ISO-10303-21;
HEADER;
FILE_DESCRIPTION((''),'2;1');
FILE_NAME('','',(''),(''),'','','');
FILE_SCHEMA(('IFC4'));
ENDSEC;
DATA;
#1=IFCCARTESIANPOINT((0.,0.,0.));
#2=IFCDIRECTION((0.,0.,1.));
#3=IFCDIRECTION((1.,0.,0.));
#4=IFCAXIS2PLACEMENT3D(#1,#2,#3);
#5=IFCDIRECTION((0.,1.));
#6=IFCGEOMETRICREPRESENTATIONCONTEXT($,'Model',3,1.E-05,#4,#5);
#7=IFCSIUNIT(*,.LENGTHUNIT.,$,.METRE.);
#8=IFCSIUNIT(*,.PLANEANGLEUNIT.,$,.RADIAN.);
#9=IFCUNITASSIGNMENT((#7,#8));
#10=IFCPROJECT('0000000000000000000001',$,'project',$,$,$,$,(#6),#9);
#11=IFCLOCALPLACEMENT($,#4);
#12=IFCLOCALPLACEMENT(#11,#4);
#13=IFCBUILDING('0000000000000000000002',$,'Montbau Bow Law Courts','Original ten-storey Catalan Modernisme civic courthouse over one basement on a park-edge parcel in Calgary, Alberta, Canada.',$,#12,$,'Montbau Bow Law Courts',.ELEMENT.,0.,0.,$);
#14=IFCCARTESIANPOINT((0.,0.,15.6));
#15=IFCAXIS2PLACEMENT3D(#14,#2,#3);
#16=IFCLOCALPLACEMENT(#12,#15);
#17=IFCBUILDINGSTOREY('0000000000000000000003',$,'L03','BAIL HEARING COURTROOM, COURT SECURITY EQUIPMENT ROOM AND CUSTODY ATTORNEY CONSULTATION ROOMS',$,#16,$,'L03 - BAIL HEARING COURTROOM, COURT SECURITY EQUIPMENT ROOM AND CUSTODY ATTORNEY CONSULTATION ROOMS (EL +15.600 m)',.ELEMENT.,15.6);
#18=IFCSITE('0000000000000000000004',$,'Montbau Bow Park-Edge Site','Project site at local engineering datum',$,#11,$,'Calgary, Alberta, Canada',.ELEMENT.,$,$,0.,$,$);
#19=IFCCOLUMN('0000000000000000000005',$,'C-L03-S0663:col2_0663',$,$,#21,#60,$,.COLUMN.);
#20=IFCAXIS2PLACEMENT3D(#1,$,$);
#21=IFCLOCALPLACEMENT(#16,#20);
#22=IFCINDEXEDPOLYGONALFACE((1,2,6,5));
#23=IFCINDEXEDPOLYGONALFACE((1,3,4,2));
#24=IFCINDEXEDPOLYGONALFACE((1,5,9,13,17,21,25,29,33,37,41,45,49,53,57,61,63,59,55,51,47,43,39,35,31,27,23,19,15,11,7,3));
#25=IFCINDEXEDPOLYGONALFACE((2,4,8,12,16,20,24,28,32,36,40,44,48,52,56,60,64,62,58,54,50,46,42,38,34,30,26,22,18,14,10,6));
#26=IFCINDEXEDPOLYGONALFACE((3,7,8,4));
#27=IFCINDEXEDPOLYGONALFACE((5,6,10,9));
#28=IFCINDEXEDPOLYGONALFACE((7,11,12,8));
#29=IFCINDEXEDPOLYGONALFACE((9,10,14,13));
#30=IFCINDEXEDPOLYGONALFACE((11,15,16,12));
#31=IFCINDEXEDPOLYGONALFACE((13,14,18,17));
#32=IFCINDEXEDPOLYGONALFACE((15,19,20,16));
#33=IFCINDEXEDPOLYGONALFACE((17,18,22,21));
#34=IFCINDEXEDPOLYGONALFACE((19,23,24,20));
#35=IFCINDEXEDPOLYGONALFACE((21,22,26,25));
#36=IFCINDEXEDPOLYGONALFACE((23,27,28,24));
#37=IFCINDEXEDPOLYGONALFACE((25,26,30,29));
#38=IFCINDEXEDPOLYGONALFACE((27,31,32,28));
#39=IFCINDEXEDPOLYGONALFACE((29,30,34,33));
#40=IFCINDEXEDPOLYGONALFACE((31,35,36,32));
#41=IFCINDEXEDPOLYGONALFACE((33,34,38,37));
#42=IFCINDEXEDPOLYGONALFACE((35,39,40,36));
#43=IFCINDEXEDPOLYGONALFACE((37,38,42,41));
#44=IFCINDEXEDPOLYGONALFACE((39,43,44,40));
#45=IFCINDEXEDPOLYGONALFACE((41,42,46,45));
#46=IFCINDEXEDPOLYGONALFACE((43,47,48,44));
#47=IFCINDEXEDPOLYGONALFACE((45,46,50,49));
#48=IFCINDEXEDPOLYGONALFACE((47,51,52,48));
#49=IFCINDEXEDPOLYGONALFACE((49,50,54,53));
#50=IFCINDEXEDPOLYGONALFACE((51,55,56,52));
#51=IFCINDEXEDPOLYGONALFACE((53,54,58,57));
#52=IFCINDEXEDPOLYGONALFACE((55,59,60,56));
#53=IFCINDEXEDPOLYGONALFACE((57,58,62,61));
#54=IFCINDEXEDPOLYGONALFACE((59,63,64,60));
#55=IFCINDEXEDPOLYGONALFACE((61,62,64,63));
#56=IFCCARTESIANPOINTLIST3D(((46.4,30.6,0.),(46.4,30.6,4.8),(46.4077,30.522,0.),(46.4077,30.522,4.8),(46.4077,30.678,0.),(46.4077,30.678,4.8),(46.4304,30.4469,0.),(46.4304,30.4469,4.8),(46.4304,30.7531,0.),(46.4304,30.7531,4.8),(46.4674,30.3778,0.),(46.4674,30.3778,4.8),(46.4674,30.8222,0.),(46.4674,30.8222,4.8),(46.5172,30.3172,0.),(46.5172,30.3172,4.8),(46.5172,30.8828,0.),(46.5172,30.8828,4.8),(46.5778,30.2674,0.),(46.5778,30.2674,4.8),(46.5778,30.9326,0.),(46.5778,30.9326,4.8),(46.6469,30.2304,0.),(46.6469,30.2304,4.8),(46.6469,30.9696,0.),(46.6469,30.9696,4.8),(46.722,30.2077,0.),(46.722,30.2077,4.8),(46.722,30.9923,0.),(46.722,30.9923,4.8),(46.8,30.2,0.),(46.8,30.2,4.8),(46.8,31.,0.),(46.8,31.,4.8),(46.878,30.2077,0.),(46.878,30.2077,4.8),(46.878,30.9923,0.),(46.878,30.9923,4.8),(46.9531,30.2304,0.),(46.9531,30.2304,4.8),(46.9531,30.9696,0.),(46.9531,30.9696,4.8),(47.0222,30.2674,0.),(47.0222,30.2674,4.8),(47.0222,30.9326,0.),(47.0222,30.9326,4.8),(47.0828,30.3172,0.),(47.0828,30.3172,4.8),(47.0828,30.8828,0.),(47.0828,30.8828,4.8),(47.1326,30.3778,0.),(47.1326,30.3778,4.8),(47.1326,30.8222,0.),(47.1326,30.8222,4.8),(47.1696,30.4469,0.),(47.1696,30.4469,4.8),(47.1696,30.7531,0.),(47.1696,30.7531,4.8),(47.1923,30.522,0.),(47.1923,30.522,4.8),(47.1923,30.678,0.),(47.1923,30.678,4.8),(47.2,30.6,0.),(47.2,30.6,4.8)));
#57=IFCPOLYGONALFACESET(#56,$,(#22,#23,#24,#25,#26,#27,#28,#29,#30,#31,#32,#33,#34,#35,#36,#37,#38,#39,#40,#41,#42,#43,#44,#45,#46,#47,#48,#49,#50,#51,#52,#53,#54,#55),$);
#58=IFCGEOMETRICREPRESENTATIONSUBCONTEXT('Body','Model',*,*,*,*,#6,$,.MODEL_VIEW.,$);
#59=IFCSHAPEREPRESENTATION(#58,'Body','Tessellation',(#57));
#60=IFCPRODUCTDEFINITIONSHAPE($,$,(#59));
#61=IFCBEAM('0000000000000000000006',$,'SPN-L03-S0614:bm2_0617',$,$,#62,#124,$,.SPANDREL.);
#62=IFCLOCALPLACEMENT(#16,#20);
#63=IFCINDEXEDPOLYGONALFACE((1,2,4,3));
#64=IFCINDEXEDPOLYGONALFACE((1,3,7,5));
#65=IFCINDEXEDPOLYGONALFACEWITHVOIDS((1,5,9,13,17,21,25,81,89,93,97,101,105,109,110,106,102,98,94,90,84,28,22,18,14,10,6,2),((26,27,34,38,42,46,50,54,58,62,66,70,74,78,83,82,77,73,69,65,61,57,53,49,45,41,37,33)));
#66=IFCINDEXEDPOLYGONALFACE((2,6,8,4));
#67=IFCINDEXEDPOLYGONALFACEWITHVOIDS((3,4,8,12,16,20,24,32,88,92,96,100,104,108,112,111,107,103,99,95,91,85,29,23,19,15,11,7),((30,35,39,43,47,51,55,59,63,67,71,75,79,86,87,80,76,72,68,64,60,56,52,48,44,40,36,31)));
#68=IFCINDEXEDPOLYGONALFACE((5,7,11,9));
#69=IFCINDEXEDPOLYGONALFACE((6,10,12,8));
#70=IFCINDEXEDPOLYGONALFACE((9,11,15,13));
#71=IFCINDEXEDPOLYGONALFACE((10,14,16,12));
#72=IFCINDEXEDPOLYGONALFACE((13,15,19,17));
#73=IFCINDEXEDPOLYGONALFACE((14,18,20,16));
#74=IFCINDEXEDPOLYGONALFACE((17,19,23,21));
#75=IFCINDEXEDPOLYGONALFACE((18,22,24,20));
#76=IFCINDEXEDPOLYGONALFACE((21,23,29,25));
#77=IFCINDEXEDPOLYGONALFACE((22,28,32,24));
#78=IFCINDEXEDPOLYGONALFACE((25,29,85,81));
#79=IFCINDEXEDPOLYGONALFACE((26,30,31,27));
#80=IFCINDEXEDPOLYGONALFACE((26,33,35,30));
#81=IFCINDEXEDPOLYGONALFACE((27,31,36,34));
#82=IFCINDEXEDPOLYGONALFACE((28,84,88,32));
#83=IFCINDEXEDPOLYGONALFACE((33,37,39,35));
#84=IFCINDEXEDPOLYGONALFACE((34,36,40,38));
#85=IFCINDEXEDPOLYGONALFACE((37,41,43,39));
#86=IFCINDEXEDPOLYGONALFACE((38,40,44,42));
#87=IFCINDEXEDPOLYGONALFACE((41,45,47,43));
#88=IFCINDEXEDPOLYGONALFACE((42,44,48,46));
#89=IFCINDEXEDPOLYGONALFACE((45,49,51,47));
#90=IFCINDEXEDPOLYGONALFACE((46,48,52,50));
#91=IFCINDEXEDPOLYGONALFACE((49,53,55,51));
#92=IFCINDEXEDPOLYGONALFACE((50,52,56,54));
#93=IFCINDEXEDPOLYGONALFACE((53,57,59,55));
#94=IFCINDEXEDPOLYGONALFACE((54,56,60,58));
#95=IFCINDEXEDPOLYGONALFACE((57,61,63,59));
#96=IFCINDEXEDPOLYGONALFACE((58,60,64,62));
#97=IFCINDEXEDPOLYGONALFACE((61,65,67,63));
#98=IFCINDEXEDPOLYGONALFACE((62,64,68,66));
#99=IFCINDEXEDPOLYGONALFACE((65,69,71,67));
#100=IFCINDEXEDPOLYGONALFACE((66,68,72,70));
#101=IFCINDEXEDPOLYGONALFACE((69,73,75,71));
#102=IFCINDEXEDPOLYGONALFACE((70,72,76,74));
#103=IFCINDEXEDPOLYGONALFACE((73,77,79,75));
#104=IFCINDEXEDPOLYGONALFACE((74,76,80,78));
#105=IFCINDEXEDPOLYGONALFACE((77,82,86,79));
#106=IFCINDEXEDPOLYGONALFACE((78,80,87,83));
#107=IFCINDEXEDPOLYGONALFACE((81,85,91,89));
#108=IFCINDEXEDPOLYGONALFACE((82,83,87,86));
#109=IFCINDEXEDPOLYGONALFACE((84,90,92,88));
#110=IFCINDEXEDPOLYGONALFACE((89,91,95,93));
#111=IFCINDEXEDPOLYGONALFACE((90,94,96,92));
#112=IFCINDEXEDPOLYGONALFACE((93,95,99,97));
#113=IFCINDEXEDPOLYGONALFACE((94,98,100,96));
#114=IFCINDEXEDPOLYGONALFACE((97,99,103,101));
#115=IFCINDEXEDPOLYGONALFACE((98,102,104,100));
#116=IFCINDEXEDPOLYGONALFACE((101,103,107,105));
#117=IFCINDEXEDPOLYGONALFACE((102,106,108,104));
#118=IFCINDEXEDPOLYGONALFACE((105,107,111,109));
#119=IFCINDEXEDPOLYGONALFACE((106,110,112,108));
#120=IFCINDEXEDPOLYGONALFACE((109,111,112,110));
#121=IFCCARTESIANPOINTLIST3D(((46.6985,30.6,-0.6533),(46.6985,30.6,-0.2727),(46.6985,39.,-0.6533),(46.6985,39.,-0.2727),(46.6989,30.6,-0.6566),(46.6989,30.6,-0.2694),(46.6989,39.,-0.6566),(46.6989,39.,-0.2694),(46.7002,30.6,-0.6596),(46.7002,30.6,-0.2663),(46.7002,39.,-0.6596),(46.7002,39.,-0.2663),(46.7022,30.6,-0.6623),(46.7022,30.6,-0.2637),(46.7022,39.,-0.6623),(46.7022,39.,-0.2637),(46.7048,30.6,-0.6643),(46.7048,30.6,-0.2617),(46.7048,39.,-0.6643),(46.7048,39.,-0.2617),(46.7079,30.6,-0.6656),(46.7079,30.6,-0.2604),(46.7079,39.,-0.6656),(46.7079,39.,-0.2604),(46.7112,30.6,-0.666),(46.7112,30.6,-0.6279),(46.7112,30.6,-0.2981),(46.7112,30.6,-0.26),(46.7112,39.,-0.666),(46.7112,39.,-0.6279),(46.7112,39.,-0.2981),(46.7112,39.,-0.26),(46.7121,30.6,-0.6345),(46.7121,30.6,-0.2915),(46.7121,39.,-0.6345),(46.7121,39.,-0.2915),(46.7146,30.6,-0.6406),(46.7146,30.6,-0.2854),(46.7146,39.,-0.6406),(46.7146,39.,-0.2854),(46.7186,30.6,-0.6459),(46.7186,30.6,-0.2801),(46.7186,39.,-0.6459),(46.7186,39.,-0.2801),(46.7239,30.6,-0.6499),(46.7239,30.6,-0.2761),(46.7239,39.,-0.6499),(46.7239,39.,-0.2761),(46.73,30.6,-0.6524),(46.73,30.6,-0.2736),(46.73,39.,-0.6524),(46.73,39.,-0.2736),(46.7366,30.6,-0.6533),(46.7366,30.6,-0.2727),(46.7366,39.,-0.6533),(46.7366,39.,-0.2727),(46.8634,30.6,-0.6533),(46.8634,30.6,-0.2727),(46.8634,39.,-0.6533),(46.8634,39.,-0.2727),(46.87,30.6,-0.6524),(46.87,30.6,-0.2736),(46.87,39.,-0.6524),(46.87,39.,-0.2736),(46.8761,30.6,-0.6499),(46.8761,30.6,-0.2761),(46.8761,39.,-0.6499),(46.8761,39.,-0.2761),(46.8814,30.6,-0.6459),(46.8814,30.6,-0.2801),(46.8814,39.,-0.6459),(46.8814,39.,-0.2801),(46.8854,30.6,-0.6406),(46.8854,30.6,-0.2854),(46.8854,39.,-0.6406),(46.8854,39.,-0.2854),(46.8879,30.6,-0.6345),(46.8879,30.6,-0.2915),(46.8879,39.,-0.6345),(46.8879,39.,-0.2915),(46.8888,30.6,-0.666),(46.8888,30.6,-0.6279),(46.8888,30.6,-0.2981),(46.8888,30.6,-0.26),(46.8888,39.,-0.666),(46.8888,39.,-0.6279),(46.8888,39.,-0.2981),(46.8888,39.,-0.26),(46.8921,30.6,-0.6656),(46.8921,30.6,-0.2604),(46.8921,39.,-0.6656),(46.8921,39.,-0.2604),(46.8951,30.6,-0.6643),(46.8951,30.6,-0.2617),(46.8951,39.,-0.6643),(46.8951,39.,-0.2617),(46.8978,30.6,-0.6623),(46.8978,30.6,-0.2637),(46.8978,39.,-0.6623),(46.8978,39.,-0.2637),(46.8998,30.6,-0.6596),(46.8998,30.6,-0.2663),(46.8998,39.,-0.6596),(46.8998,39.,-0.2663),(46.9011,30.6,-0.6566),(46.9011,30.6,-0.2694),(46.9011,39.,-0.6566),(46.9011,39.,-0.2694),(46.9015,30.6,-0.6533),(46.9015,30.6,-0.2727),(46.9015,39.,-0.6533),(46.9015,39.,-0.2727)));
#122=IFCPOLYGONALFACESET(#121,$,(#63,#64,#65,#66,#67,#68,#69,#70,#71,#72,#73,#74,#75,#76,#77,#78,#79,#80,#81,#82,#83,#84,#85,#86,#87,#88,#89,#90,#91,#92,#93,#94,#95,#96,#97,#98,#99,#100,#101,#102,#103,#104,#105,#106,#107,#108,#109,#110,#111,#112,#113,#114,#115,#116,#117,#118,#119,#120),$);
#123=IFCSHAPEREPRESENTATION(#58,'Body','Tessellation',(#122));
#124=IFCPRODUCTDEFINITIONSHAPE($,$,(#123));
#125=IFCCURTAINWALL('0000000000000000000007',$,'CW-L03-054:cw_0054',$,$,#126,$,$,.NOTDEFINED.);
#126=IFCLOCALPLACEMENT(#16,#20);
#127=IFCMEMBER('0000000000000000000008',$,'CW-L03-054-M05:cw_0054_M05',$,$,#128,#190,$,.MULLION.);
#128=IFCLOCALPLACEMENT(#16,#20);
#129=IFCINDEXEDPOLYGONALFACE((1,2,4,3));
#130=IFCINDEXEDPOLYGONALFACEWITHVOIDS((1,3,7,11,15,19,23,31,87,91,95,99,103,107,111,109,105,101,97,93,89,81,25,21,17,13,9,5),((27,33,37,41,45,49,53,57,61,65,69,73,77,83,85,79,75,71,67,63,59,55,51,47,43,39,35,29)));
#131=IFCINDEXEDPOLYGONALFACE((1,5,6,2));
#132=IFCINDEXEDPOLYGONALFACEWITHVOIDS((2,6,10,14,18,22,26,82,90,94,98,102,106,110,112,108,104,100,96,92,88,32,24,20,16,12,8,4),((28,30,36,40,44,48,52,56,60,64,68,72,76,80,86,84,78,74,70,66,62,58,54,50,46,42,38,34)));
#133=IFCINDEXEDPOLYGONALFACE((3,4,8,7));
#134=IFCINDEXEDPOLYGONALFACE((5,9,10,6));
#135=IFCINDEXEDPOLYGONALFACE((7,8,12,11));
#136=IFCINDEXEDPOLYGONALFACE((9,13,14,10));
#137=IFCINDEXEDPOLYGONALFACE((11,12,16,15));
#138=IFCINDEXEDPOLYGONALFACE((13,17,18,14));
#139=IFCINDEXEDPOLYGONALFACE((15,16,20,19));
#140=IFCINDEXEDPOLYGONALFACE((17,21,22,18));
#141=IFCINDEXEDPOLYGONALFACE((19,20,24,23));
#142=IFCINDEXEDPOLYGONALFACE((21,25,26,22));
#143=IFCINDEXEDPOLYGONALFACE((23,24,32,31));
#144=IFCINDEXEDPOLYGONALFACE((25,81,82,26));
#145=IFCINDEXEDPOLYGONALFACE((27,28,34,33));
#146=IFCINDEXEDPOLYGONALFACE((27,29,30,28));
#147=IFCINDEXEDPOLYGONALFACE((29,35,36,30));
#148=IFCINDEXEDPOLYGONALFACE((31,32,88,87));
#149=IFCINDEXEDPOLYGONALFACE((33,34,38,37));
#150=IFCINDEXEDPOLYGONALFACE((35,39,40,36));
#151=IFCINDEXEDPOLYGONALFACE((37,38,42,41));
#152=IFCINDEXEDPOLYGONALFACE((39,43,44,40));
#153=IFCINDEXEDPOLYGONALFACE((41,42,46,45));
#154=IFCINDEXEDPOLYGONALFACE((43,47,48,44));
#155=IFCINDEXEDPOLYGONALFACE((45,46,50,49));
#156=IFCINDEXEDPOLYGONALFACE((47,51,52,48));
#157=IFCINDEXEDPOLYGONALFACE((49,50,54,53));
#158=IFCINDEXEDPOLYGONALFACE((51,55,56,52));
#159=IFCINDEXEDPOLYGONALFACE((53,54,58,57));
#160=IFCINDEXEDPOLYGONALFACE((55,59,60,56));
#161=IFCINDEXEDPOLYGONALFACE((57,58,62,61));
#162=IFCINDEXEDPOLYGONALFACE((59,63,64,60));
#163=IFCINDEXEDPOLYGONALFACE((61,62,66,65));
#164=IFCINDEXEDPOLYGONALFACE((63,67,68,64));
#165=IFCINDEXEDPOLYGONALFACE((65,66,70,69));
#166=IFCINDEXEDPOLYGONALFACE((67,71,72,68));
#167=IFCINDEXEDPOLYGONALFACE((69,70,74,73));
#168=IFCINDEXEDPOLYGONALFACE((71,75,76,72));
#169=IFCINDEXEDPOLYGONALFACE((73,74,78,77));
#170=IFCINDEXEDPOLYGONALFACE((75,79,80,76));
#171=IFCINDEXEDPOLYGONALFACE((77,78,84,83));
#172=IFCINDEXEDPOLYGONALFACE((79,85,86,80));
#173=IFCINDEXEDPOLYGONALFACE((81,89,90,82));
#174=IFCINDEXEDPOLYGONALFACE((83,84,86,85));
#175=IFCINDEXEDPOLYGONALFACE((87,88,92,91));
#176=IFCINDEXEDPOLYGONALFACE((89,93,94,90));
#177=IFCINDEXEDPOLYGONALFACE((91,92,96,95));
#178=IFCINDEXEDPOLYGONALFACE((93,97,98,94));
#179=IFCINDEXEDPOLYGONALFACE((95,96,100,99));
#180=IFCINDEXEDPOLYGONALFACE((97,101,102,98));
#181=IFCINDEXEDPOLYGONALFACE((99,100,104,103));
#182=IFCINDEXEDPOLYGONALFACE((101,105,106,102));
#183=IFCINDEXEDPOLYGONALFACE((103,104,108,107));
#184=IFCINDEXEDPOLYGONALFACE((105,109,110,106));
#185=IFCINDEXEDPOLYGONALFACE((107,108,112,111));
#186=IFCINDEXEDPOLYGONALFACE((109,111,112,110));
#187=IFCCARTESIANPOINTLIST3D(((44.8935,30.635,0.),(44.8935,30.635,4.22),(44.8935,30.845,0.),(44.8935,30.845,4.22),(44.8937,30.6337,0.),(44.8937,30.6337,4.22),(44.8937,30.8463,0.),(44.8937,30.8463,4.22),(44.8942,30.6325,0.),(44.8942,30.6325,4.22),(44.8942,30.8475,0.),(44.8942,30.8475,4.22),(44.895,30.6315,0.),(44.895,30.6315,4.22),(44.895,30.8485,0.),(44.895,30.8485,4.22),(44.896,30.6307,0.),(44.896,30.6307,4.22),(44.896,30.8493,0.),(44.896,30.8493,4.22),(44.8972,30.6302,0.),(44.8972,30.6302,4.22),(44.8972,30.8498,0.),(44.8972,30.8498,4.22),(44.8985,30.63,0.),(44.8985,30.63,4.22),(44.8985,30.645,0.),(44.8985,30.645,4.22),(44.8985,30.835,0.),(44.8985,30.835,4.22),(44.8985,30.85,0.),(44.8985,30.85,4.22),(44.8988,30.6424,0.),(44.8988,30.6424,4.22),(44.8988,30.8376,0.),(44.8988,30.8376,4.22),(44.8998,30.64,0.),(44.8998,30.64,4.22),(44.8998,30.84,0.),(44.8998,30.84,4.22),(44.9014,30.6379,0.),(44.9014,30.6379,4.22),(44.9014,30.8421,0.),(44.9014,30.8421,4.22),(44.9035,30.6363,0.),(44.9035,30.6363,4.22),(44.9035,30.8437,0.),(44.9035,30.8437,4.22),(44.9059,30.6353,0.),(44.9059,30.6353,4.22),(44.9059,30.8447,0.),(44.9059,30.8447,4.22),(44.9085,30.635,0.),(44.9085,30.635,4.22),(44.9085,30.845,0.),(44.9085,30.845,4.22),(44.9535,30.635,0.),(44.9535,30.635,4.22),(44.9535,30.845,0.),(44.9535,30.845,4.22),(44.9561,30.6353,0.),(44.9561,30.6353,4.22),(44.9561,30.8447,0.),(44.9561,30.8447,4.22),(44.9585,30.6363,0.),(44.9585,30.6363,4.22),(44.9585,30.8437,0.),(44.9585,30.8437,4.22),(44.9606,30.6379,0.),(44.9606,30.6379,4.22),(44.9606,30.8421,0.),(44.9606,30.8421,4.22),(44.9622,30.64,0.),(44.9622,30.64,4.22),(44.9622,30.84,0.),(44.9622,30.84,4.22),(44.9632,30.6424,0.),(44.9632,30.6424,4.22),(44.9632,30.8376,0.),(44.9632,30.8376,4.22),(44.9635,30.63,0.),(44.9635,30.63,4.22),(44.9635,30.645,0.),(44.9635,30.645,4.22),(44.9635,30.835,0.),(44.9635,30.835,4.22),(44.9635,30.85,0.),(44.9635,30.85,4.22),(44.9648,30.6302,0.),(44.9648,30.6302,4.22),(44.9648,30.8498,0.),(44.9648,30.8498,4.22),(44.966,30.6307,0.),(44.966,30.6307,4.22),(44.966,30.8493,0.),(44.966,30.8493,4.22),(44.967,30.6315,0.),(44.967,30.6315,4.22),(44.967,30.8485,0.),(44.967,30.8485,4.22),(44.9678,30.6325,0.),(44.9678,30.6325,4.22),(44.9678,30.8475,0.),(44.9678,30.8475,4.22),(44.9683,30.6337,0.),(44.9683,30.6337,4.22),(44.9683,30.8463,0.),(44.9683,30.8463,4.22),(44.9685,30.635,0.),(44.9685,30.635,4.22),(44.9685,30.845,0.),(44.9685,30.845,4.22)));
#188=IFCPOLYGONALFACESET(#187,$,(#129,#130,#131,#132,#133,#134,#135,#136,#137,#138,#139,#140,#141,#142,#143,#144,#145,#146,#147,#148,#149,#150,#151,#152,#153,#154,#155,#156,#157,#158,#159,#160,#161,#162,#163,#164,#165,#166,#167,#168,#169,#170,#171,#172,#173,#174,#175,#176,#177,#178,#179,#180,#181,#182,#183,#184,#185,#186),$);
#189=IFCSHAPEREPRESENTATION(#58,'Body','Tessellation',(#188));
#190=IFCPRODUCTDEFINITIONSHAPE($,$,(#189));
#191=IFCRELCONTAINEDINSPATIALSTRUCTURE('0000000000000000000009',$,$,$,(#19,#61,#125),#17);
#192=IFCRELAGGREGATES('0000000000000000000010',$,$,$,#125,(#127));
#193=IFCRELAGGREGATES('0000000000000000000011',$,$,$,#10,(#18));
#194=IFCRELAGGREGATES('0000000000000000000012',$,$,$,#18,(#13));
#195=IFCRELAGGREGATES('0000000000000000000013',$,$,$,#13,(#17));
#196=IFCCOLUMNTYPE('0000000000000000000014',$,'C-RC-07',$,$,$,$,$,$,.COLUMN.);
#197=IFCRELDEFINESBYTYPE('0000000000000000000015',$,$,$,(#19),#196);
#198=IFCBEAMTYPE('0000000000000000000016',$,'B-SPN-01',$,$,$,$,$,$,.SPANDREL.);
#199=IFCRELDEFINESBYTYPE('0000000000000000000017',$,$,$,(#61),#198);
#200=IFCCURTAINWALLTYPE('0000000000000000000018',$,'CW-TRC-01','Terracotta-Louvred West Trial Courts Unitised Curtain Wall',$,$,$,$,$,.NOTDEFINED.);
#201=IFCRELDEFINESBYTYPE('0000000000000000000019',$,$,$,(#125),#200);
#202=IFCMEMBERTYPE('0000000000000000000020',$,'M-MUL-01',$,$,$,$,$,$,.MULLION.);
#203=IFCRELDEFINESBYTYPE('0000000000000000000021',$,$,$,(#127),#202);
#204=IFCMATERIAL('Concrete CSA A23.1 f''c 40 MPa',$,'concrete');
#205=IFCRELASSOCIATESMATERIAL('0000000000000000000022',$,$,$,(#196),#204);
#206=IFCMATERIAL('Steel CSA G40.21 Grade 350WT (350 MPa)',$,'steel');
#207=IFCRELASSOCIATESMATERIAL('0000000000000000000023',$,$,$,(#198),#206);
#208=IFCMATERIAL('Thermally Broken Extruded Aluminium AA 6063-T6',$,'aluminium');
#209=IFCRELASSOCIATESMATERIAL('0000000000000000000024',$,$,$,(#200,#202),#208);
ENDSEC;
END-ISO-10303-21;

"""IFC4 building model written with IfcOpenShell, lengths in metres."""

from ifc_helpers import new_model, si_unit, direction, frame, origin_with_axes, origin_2d_with_axis, place, context, subcontext, project, spatial, hollow_rectangle, circle, extrude, material, material_profile, profile_set, type_object, element, aggregate, save


model = new_model("IFC4")

# Units and contexts
model_context = context("Model", 3, precision=1e-05, world=origin_with_axes(), true_north=direction((0.0, 1.0)))
body_context = subcontext(model_context, "Body", "Model", "MODEL_VIEW")
ifc_project = project(units=[si_unit("LENGTHUNIT", "METRE"), si_unit("PLANEANGLEUNIT", "RADIAN")], contexts=[model_context])

# Site, building, storey
site_placement = place(None, origin_with_axes())
site = spatial("IfcSite", under=ifc_project, at=site_placement, Name="Montbau Bow Park-Edge Site", Description="Project site at local engineering datum", LongName="Calgary, Alberta, Canada", CompositionType="ELEMENT", RefElevation=0.0)
building_placement = place(site_placement, origin_with_axes())
building = spatial("IfcBuilding", under=site, at=building_placement, Name="Montbau Bow Law Courts", Description="Original ten-storey Catalan Modernisme civic courthouse over one basement on a park-edge parcel in Calgary, Alberta, Canada.", LongName="Montbau Bow Law Courts", CompositionType="ELEMENT", ElevationOfRefHeight=0.0, ElevationOfTerrain=0.0)
storey_placement = place(building_placement, frame((0.0, 0.0, 15.6), z_axis=(0.0, 0.0, 1.0), x_axis=(1.0, 0.0, 0.0)))
storey = spatial("IfcBuildingStorey", under=building, at=storey_placement, Name="L03", Description="BAIL HEARING COURTROOM, COURT SECURITY EQUIPMENT ROOM AND CUSTODY ATTORNEY CONSULTATION ROOMS", LongName="L03 - BAIL HEARING COURTROOM, COURT SECURITY EQUIPMENT ROOM AND CUSTODY ATTORNEY CONSULTATION ROOMS (EL +15.600 m)", CompositionType="ELEMENT", Elevation=15.6)

# Column
ifc_material_1 = material(Name="Concrete CSA A23.1 f'c 40 MPa", Category="concrete")
ifc_material_profile_1 = material_profile(ifc_material_1, circle(Radius=0.4, at=origin_2d_with_axis()), Name="RC800D", Category="Main", Priority=0)
ifc_profile_set_1 = profile_set([ifc_material_profile_1], Name="Concrete CSA A23.1 f'c 40 MPa")
column_type = type_object("IfcColumnType", Name="C-RC-07", PredefinedType="COLUMN", material=ifc_profile_set_1)
column_placement = place(None, frame((46.8, 30.6, 15.6), z_axis=(0.0, 0.0, 1.0), x_axis=(1.0, 0.0, 0.0)))
element("IfcColumn", 1, at=column_placement, inside=storey, type_object=column_type, Name="C-L03-S0663:col2_0663", PredefinedType="COLUMN", context=body_context, shape_type="SweptSolid", body=[
    extrude(circle(Radius=0.4, at=origin_2d_with_axis()), origin_with_axes(), (0.0, 0.0, 1.0), 4.8),
])

# Beam
ifc_material_2 = material(Name="Steel CSA G40.21 Grade 350WT (350 MPa)", Category="steel")
ifc_material_profile_2 = material_profile(ifc_material_2, hollow_rectangle(XDim=0.203, YDim=0.406, WallThickness=0.0127, InnerFilletRadius=0.0254, OuterFilletRadius=0.0127, at=origin_2d_with_axis()), Name="HSS406X203X13", Category="Main", Priority=0)
ifc_profile_set_2 = profile_set([ifc_material_profile_2], Name="Steel CSA G40.21 Grade 350WT (350 MPa)")
beam_type = type_object("IfcBeamType", Name="B-SPN-01", PredefinedType="SPANDREL", material=ifc_profile_set_2)
beam_placement = place(None, frame((46.8, 30.6, 15.137), z_axis=(0.0, 1.0, 0.0), x_axis=(-1.0, 0.0, 0.0)))
element("IfcBeam", 2, at=beam_placement, inside=storey, type_object=beam_type, Name="SPN-L03-S0614:bm2_0617", PredefinedType="SPANDREL", context=body_context, shape_type="SweptSolid", body=[
    extrude(hollow_rectangle(XDim=0.203, YDim=0.406, WallThickness=0.0127, InnerFilletRadius=0.0254, OuterFilletRadius=0.0127, at=origin_2d_with_axis()), origin_with_axes(), (0.0, 0.0, 1.0), 8.4),
])

# Curtain wall, member
ifc_material_3 = material(Name="Thermally Broken Extruded Aluminium AA 6063-T6", Category="aluminium")
curtain_wall_type = type_object("IfcCurtainWallType", Name="CW-TRC-01", Description="Terracotta-Louvred West Trial Courts Unitised Curtain Wall", PredefinedType="NOTDEFINED", material=ifc_material_3)
curtain_wall_1_placement = place(None, frame((39.515, 30.74, 15.6), z_axis=(0.0, 0.0, 1.0), x_axis=(1.0, 0.0, 0.0)))
curtain_wall_1 = element("IfcCurtainWall", 3, at=curtain_wall_1_placement, inside=storey, type_object=curtain_wall_type, Name="CW-L03-054:cw_0054", PredefinedType="NOTDEFINED")
ifc_material_profile_3 = material_profile(ifc_material_3, hollow_rectangle(XDim=0.075, YDim=0.22, WallThickness=0.005, InnerFilletRadius=0.01, OuterFilletRadius=0.005, at=origin_2d_with_axis()), Name="CWM-220X75", Category="Main", Priority=0)
ifc_profile_set_3 = profile_set([ifc_material_profile_3], Name="Thermally Broken Extruded Aluminium AA 6063-T6")
member_type_1 = type_object("IfcMemberType", Name="M-MUL-01", PredefinedType="MULLION", material=ifc_profile_set_3)
member_1_placement = place(None, frame((44.931, 30.74, 15.6), z_axis=(0.0, 0.0, 1.0), x_axis=(1.0, 0.0, 0.0)))
member_1 = element("IfcMember", 4, at=member_1_placement, type_object=member_type_1, Name="CW-L03-054-M05:cw_0054_M05", PredefinedType="MULLION", context=body_context, shape_type="SweptSolid", body=[
    extrude(hollow_rectangle(XDim=0.075, YDim=0.22, WallThickness=0.005, InnerFilletRadius=0.01, OuterFilletRadius=0.005, at=origin_2d_with_axis()), origin_with_axes(), (0.0, 0.0, 1.0), 4.22),
])

aggregate(curtain_wall_1, [member_1])

save(model, "model.ifc")
